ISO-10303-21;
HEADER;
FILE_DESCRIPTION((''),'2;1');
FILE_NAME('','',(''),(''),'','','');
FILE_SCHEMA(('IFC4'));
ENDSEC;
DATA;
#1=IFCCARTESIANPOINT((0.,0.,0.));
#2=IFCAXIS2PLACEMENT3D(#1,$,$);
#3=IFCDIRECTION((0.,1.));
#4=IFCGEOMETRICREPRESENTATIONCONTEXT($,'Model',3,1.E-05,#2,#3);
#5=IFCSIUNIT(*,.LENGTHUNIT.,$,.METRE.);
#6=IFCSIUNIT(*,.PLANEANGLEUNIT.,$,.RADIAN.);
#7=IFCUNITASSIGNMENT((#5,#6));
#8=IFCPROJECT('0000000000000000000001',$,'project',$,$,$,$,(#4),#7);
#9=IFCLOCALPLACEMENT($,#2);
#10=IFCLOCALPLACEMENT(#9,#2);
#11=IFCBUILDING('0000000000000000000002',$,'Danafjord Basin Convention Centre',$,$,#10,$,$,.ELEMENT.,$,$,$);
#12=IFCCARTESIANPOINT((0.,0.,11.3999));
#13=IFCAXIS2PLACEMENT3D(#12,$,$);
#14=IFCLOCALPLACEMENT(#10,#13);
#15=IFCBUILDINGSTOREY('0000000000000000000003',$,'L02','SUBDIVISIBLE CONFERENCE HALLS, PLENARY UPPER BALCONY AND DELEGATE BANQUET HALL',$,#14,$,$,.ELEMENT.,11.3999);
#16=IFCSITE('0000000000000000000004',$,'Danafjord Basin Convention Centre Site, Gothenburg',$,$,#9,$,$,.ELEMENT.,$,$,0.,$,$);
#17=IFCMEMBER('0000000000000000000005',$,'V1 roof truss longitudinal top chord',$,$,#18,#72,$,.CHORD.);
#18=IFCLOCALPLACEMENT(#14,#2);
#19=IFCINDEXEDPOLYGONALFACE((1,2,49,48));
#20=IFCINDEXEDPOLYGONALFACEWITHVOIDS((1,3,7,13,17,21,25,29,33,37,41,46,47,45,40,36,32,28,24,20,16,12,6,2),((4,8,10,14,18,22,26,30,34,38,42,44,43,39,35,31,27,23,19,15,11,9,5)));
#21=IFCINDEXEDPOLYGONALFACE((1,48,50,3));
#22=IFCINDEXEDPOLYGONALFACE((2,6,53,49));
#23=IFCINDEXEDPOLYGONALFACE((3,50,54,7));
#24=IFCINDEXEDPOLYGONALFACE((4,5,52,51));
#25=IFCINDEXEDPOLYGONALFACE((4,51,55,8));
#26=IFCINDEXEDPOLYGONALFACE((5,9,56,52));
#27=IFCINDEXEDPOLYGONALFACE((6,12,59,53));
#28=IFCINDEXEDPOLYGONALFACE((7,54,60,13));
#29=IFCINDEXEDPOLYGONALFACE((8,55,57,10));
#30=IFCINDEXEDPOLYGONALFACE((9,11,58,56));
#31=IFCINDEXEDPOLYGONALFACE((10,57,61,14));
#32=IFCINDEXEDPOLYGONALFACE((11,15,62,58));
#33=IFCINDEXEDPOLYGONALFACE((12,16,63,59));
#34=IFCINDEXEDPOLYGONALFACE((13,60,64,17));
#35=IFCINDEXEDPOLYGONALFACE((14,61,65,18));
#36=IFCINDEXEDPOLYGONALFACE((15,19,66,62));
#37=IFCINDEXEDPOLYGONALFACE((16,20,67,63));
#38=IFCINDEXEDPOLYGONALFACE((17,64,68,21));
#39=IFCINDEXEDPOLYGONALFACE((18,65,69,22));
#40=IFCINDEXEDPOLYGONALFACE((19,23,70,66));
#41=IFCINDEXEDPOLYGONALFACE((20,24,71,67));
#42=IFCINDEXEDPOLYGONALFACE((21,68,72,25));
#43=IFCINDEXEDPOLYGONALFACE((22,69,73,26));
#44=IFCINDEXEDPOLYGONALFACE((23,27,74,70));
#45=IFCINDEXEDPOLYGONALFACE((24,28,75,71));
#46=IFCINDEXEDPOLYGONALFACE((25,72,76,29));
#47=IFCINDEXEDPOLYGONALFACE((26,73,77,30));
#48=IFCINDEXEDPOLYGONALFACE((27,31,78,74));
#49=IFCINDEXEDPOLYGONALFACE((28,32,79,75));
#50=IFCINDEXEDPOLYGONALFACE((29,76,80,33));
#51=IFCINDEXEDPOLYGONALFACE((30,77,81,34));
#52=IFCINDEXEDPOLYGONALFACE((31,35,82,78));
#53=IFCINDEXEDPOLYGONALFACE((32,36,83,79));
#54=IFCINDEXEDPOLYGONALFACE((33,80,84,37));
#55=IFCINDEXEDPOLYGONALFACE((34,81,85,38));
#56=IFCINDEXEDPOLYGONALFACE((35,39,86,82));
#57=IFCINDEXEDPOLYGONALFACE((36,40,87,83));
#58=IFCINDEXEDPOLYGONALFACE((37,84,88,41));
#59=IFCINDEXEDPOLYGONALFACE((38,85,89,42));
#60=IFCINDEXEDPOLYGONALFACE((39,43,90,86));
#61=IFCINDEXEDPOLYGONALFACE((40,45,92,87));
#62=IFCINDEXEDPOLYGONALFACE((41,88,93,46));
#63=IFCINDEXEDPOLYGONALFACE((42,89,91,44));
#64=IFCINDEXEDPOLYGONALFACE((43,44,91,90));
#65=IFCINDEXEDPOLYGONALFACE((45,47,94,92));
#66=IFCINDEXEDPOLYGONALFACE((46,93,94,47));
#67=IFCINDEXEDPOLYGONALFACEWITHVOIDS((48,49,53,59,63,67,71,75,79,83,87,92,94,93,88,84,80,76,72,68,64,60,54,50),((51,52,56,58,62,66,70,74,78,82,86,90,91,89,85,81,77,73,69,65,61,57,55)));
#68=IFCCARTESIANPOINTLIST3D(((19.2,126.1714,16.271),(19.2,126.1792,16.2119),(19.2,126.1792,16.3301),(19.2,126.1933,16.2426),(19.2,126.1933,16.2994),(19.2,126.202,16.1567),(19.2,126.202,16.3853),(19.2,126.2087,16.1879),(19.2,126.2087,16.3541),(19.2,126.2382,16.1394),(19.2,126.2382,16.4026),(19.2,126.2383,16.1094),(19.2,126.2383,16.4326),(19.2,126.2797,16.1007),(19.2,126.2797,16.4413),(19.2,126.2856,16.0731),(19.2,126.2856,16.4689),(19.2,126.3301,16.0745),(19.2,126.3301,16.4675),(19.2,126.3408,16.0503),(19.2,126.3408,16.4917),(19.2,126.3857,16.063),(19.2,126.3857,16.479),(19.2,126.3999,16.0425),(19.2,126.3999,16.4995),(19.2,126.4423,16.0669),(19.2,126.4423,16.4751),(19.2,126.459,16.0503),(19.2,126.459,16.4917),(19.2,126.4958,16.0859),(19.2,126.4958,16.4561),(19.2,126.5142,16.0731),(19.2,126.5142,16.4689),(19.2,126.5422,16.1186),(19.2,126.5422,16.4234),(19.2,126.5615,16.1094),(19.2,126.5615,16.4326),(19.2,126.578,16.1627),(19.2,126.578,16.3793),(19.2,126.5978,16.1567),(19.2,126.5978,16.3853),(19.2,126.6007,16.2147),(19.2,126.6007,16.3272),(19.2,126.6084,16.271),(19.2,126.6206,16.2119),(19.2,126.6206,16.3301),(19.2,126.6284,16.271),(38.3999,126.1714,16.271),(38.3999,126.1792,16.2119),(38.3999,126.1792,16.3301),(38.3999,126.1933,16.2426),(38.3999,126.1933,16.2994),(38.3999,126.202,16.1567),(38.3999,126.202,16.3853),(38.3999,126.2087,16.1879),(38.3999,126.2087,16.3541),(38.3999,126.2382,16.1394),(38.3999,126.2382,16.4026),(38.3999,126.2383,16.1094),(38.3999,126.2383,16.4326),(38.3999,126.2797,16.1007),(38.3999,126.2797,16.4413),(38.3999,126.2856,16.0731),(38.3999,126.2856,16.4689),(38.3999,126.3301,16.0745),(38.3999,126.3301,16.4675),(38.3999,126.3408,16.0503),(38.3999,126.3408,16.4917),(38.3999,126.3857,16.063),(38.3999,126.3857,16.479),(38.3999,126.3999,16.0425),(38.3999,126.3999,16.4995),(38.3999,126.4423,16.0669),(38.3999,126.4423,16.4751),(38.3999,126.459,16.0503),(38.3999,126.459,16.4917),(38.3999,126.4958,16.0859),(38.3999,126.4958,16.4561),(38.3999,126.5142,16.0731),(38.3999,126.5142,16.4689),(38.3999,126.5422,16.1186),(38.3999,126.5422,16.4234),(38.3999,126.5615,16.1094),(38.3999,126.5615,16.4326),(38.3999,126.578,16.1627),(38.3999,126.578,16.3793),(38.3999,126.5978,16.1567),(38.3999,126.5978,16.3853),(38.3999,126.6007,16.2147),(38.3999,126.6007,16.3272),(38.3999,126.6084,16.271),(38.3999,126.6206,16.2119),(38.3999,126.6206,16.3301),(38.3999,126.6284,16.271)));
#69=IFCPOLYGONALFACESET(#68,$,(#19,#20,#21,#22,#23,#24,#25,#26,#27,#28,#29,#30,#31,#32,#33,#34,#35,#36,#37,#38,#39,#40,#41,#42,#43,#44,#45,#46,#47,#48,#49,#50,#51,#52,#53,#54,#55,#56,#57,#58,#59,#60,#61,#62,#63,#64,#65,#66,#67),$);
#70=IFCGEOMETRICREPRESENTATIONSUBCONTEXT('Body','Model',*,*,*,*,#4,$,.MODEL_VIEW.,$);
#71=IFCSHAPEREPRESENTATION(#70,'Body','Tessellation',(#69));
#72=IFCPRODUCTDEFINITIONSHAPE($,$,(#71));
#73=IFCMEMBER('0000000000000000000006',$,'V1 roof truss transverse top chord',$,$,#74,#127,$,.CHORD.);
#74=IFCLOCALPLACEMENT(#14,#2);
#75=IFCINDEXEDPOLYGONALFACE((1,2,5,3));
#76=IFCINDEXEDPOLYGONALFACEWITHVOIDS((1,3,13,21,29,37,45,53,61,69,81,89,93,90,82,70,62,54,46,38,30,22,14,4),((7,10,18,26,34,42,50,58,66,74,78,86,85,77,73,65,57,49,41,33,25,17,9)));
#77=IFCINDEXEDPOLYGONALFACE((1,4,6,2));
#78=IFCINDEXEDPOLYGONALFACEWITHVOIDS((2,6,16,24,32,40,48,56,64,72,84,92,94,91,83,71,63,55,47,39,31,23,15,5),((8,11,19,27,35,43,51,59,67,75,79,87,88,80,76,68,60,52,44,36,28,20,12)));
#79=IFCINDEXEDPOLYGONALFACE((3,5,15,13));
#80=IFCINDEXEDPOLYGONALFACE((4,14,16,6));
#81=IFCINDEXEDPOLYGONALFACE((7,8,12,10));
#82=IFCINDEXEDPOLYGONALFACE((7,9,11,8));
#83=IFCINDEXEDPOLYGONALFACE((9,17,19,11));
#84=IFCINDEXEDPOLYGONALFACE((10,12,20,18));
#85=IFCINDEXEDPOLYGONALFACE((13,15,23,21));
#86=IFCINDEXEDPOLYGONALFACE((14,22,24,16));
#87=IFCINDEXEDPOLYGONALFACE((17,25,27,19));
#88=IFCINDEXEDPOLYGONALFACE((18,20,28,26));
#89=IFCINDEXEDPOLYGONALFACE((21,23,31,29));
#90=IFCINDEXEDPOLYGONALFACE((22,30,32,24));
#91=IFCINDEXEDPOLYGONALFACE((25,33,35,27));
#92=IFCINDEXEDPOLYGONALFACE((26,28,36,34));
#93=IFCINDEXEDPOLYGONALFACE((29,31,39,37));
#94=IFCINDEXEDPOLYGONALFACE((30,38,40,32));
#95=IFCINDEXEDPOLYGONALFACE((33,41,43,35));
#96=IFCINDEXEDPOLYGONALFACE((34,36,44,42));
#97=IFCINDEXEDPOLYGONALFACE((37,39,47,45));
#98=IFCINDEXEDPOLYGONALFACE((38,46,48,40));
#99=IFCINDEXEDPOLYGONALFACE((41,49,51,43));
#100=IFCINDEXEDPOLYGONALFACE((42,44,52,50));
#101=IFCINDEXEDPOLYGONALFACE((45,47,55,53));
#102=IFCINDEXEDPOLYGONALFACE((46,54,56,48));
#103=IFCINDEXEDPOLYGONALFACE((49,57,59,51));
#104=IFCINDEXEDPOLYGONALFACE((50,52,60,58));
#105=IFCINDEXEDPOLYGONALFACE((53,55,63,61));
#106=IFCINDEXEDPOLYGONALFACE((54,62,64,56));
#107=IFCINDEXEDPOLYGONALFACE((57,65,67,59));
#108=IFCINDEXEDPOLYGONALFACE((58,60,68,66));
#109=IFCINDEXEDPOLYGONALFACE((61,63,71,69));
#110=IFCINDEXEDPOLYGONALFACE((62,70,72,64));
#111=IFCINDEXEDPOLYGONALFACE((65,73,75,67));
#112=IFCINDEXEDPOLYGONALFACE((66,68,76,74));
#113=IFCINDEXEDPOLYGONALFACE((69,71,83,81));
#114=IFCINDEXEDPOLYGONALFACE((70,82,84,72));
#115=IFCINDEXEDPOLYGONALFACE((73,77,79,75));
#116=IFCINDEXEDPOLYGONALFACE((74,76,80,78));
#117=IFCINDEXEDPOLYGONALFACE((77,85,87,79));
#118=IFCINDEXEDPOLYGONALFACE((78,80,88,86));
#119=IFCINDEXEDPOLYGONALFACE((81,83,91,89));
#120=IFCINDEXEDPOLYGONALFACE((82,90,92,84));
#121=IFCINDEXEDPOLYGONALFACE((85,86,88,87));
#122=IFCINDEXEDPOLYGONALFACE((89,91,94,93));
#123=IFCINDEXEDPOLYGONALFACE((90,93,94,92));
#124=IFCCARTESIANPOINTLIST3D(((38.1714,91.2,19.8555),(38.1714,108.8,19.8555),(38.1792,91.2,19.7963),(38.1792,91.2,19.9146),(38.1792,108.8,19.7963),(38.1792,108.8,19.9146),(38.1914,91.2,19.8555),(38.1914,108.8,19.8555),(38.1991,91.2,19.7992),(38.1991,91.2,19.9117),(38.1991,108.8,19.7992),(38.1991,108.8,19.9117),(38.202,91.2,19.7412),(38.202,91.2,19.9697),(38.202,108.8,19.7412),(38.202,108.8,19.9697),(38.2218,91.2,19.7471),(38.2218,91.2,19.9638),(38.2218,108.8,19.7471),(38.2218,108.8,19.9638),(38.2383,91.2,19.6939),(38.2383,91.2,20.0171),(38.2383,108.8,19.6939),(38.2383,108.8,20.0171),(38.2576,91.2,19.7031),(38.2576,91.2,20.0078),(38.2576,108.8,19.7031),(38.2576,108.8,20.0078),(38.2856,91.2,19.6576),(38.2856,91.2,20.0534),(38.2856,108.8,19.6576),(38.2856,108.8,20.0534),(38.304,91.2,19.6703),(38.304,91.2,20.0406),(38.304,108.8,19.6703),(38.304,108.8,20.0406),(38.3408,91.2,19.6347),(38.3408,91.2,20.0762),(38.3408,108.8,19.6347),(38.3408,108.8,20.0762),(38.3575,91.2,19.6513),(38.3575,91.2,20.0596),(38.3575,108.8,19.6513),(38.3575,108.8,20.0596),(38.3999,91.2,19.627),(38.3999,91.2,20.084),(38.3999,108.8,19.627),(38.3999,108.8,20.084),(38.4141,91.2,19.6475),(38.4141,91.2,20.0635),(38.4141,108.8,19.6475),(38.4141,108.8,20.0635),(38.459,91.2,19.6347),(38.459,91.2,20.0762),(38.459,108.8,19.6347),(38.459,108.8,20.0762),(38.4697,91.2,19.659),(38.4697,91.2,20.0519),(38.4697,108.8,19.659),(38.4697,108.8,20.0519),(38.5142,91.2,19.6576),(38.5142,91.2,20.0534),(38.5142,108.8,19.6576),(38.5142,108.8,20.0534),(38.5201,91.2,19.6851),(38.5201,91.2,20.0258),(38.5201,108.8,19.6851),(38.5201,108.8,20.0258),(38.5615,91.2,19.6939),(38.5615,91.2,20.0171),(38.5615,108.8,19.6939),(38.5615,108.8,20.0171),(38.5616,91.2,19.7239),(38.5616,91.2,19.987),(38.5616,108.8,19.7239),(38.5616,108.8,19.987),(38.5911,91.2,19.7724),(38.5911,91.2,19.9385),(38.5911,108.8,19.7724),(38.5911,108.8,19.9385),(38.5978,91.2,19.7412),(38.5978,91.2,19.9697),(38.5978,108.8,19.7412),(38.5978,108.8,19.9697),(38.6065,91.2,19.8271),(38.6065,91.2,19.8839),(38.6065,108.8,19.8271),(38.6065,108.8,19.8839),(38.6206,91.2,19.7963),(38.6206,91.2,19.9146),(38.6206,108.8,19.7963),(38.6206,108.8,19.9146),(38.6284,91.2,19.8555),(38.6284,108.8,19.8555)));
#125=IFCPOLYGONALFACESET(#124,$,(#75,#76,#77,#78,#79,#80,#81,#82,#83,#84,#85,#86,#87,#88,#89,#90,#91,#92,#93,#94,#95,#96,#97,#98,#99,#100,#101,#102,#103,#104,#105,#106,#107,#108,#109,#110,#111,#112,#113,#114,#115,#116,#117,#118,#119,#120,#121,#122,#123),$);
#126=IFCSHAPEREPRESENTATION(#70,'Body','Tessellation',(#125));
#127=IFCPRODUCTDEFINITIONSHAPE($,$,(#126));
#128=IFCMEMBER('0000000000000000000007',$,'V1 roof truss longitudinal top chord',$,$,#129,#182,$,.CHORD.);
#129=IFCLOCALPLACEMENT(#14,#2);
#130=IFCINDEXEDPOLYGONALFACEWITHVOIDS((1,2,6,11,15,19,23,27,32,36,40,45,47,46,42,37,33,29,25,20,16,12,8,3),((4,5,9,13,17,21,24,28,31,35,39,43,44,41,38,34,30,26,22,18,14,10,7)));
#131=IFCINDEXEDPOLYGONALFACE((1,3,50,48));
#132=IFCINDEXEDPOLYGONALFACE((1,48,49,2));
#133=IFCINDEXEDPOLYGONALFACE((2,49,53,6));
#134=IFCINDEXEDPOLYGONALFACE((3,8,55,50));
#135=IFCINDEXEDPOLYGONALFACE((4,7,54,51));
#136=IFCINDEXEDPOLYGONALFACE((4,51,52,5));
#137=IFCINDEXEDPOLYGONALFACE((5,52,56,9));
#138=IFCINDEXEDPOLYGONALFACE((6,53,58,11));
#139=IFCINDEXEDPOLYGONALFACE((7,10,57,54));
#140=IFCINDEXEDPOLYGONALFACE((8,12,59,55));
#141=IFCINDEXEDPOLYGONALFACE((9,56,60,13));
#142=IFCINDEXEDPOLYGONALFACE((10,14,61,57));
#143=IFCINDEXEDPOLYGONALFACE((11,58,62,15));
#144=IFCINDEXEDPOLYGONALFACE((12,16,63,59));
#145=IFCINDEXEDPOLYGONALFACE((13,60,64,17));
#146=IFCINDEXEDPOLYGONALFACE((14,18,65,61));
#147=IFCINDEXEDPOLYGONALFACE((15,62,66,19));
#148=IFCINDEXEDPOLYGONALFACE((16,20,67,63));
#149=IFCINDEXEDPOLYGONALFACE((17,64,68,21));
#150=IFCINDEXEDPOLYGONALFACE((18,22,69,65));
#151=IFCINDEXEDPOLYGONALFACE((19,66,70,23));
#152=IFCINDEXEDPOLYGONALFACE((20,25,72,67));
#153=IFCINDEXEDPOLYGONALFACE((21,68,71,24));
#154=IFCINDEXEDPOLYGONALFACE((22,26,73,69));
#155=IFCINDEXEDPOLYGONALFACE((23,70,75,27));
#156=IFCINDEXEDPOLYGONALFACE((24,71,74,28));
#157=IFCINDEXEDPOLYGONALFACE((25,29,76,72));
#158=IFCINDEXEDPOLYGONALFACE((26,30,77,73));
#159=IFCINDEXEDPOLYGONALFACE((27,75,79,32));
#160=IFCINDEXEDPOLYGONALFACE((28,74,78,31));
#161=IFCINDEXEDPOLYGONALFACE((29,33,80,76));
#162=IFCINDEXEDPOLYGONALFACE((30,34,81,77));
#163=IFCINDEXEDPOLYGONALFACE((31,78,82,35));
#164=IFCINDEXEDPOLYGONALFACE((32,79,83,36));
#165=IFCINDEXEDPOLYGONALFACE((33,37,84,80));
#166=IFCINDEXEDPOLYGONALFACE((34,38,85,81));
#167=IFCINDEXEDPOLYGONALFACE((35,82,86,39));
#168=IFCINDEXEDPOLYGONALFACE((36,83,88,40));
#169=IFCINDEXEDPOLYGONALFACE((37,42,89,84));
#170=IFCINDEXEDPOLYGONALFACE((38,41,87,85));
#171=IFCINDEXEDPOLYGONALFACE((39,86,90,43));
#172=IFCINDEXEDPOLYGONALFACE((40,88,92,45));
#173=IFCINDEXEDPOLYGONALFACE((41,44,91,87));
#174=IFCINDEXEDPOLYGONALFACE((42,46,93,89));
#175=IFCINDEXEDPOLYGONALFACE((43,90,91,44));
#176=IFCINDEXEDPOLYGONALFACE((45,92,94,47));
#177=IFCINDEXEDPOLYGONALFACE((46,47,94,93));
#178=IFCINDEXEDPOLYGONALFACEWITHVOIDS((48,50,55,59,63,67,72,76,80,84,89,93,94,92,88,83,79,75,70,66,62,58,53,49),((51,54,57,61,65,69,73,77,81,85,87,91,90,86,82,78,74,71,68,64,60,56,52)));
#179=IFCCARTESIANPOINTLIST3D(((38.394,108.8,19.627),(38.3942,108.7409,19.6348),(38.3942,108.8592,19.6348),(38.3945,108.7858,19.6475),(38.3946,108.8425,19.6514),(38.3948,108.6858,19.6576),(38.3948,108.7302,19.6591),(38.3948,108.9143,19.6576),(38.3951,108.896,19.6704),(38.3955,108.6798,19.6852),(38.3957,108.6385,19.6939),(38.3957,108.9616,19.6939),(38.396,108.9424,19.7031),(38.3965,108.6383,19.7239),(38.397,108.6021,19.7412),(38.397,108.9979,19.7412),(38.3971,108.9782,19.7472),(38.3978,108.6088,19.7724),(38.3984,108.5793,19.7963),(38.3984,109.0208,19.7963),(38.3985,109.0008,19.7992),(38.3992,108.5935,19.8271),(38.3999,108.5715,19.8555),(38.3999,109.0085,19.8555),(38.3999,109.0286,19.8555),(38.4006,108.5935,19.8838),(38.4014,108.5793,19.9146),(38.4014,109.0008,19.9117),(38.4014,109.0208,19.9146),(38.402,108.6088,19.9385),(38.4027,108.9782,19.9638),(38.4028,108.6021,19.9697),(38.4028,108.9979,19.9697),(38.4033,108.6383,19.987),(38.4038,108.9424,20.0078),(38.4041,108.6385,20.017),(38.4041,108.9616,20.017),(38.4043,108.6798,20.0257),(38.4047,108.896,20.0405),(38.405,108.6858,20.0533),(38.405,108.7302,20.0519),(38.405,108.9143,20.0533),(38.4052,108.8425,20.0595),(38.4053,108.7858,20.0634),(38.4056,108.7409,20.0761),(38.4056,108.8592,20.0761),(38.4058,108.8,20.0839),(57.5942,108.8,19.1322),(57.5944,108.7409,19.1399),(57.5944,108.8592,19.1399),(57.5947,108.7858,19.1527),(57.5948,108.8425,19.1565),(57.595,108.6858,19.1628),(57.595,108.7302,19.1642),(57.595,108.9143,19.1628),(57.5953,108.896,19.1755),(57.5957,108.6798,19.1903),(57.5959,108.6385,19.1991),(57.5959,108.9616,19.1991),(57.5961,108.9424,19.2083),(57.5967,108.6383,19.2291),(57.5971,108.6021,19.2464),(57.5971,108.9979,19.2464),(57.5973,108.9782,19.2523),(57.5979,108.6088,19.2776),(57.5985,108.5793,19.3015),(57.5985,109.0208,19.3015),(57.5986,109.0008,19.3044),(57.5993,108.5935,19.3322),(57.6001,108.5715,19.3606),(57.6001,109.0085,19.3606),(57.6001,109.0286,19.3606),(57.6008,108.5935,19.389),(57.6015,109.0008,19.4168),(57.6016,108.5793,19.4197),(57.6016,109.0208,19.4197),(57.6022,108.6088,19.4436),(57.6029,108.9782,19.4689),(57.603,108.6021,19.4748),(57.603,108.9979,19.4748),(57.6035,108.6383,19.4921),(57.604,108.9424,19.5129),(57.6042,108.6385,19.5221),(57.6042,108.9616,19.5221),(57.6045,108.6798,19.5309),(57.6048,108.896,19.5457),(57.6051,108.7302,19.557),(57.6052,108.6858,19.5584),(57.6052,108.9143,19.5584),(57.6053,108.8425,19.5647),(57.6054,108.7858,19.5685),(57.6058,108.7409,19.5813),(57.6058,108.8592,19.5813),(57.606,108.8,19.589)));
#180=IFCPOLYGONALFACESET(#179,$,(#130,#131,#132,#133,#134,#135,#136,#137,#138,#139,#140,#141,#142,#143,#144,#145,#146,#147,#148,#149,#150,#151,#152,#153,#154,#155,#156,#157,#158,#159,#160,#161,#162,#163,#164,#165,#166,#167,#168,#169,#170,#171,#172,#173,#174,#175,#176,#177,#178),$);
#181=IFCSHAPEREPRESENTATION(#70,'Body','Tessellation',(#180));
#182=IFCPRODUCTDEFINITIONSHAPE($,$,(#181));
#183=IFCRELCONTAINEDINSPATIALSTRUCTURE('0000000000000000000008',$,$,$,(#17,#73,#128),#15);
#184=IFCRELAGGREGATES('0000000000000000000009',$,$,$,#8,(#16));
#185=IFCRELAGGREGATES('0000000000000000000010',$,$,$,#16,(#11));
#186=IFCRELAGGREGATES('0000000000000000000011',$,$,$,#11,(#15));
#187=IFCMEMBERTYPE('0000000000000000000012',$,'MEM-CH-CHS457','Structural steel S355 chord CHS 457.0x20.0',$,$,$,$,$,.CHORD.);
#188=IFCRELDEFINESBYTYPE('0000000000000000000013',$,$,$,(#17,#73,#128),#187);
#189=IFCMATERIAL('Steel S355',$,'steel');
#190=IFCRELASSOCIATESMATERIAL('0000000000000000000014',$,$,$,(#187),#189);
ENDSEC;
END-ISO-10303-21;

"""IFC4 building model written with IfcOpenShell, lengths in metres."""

from ifc_helpers import new_model, si_unit, direction, frame, origin, origin_2d, place, context, subcontext, project, spatial, hollow_circle, extrude, material, material_profile, profile_set, type_object, element, save


model = new_model("IFC4")

# Units and contexts
model_context = context("Model", 3, precision=1e-05, world=origin(), true_north=direction((0.0, 1.0)))
body_context = subcontext(model_context, "Body", "Model", "MODEL_VIEW")
ifc_project = project(units=[si_unit("LENGTHUNIT", "METRE"), si_unit("PLANEANGLEUNIT", "RADIAN")], contexts=[model_context])

# Site, building, storey
site_placement = place(None, origin())
site = spatial("IfcSite", under=ifc_project, at=site_placement, Name="Danafjord Basin Convention Centre Site, Gothenburg", CompositionType="ELEMENT", RefElevation=0.0)
building_placement = place(site_placement, origin())
building = spatial("IfcBuilding", under=site, at=building_placement, Name="Danafjord Basin Convention Centre", CompositionType="ELEMENT")
storey_placement = place(building_placement, frame((0.0, 0.0, 11.3999)))
storey = spatial("IfcBuildingStorey", under=building, at=storey_placement, Name="L02", Description="SUBDIVISIBLE CONFERENCE HALLS, PLENARY UPPER BALCONY AND DELEGATE BANQUET HALL", CompositionType="ELEMENT", Elevation=11.3999)

# Members
ifc_material = material(Name="Steel S355", Category="steel")
ifc_material_profile_1 = material_profile(ifc_material, hollow_circle(Radius=0.2285, WallThickness=0.02, at=origin_2d()), Name="CHS 457.0x20.0")
ifc_profile_set_1 = profile_set([ifc_material_profile_1], Name="Steel S355")
member_type_1 = type_object("IfcMemberType", Name="MEM-CH-CHS457", Description="Structural steel S355 chord CHS 457.0x20.0", PredefinedType="CHORD", material=ifc_profile_set_1)
member_1_placement = place(storey_placement, frame((19.2, 126.3999, 16.271), z_axis=(1.0, 0.0, 0.0), x_axis=(0.0, 1.0, 0.0)))
element("IfcMember", 1, at=member_1_placement, inside=storey, type_object=member_type_1, Name="V1 roof truss longitudinal top chord", PredefinedType="CHORD", context=body_context, shape_type="SweptSolid", body=[
    extrude(hollow_circle(Radius=0.2285, WallThickness=0.02, at=origin_2d()), origin(), (0.0, 0.0, 1.0), 19.2),
])
member_2_placement = place(storey_placement, frame((38.3999, 91.2, 19.8555), z_axis=(0.0, 1.0, 0.0), x_axis=(-1.0, 0.0, 0.0)))
element("IfcMember", 2, at=member_2_placement, inside=storey, type_object=member_type_1, Name="V1 roof truss transverse top chord", PredefinedType="CHORD", context=body_context, shape_type="SweptSolid", body=[
    extrude(hollow_circle(Radius=0.2285, WallThickness=0.02, at=origin_2d()), origin(), (0.0, 0.0, 1.0), 17.6001),
])
member_3_placement = place(storey_placement, frame((38.3999, 108.8, 19.8555), z_axis=(0.999668, 0.0, -0.025766), x_axis=(0.0, 1.0, 0.0)))
element("IfcMember", 3, at=member_3_placement, inside=storey, type_object=member_type_1, Name="V1 roof truss longitudinal top chord", PredefinedType="CHORD", context=body_context, shape_type="SweptSolid", body=[
    extrude(hollow_circle(Radius=0.2285, WallThickness=0.02, at=origin_2d()), origin(), (0.0, 0.0, 1.0), 19.2065),
])

save(model, "model.ifc")
